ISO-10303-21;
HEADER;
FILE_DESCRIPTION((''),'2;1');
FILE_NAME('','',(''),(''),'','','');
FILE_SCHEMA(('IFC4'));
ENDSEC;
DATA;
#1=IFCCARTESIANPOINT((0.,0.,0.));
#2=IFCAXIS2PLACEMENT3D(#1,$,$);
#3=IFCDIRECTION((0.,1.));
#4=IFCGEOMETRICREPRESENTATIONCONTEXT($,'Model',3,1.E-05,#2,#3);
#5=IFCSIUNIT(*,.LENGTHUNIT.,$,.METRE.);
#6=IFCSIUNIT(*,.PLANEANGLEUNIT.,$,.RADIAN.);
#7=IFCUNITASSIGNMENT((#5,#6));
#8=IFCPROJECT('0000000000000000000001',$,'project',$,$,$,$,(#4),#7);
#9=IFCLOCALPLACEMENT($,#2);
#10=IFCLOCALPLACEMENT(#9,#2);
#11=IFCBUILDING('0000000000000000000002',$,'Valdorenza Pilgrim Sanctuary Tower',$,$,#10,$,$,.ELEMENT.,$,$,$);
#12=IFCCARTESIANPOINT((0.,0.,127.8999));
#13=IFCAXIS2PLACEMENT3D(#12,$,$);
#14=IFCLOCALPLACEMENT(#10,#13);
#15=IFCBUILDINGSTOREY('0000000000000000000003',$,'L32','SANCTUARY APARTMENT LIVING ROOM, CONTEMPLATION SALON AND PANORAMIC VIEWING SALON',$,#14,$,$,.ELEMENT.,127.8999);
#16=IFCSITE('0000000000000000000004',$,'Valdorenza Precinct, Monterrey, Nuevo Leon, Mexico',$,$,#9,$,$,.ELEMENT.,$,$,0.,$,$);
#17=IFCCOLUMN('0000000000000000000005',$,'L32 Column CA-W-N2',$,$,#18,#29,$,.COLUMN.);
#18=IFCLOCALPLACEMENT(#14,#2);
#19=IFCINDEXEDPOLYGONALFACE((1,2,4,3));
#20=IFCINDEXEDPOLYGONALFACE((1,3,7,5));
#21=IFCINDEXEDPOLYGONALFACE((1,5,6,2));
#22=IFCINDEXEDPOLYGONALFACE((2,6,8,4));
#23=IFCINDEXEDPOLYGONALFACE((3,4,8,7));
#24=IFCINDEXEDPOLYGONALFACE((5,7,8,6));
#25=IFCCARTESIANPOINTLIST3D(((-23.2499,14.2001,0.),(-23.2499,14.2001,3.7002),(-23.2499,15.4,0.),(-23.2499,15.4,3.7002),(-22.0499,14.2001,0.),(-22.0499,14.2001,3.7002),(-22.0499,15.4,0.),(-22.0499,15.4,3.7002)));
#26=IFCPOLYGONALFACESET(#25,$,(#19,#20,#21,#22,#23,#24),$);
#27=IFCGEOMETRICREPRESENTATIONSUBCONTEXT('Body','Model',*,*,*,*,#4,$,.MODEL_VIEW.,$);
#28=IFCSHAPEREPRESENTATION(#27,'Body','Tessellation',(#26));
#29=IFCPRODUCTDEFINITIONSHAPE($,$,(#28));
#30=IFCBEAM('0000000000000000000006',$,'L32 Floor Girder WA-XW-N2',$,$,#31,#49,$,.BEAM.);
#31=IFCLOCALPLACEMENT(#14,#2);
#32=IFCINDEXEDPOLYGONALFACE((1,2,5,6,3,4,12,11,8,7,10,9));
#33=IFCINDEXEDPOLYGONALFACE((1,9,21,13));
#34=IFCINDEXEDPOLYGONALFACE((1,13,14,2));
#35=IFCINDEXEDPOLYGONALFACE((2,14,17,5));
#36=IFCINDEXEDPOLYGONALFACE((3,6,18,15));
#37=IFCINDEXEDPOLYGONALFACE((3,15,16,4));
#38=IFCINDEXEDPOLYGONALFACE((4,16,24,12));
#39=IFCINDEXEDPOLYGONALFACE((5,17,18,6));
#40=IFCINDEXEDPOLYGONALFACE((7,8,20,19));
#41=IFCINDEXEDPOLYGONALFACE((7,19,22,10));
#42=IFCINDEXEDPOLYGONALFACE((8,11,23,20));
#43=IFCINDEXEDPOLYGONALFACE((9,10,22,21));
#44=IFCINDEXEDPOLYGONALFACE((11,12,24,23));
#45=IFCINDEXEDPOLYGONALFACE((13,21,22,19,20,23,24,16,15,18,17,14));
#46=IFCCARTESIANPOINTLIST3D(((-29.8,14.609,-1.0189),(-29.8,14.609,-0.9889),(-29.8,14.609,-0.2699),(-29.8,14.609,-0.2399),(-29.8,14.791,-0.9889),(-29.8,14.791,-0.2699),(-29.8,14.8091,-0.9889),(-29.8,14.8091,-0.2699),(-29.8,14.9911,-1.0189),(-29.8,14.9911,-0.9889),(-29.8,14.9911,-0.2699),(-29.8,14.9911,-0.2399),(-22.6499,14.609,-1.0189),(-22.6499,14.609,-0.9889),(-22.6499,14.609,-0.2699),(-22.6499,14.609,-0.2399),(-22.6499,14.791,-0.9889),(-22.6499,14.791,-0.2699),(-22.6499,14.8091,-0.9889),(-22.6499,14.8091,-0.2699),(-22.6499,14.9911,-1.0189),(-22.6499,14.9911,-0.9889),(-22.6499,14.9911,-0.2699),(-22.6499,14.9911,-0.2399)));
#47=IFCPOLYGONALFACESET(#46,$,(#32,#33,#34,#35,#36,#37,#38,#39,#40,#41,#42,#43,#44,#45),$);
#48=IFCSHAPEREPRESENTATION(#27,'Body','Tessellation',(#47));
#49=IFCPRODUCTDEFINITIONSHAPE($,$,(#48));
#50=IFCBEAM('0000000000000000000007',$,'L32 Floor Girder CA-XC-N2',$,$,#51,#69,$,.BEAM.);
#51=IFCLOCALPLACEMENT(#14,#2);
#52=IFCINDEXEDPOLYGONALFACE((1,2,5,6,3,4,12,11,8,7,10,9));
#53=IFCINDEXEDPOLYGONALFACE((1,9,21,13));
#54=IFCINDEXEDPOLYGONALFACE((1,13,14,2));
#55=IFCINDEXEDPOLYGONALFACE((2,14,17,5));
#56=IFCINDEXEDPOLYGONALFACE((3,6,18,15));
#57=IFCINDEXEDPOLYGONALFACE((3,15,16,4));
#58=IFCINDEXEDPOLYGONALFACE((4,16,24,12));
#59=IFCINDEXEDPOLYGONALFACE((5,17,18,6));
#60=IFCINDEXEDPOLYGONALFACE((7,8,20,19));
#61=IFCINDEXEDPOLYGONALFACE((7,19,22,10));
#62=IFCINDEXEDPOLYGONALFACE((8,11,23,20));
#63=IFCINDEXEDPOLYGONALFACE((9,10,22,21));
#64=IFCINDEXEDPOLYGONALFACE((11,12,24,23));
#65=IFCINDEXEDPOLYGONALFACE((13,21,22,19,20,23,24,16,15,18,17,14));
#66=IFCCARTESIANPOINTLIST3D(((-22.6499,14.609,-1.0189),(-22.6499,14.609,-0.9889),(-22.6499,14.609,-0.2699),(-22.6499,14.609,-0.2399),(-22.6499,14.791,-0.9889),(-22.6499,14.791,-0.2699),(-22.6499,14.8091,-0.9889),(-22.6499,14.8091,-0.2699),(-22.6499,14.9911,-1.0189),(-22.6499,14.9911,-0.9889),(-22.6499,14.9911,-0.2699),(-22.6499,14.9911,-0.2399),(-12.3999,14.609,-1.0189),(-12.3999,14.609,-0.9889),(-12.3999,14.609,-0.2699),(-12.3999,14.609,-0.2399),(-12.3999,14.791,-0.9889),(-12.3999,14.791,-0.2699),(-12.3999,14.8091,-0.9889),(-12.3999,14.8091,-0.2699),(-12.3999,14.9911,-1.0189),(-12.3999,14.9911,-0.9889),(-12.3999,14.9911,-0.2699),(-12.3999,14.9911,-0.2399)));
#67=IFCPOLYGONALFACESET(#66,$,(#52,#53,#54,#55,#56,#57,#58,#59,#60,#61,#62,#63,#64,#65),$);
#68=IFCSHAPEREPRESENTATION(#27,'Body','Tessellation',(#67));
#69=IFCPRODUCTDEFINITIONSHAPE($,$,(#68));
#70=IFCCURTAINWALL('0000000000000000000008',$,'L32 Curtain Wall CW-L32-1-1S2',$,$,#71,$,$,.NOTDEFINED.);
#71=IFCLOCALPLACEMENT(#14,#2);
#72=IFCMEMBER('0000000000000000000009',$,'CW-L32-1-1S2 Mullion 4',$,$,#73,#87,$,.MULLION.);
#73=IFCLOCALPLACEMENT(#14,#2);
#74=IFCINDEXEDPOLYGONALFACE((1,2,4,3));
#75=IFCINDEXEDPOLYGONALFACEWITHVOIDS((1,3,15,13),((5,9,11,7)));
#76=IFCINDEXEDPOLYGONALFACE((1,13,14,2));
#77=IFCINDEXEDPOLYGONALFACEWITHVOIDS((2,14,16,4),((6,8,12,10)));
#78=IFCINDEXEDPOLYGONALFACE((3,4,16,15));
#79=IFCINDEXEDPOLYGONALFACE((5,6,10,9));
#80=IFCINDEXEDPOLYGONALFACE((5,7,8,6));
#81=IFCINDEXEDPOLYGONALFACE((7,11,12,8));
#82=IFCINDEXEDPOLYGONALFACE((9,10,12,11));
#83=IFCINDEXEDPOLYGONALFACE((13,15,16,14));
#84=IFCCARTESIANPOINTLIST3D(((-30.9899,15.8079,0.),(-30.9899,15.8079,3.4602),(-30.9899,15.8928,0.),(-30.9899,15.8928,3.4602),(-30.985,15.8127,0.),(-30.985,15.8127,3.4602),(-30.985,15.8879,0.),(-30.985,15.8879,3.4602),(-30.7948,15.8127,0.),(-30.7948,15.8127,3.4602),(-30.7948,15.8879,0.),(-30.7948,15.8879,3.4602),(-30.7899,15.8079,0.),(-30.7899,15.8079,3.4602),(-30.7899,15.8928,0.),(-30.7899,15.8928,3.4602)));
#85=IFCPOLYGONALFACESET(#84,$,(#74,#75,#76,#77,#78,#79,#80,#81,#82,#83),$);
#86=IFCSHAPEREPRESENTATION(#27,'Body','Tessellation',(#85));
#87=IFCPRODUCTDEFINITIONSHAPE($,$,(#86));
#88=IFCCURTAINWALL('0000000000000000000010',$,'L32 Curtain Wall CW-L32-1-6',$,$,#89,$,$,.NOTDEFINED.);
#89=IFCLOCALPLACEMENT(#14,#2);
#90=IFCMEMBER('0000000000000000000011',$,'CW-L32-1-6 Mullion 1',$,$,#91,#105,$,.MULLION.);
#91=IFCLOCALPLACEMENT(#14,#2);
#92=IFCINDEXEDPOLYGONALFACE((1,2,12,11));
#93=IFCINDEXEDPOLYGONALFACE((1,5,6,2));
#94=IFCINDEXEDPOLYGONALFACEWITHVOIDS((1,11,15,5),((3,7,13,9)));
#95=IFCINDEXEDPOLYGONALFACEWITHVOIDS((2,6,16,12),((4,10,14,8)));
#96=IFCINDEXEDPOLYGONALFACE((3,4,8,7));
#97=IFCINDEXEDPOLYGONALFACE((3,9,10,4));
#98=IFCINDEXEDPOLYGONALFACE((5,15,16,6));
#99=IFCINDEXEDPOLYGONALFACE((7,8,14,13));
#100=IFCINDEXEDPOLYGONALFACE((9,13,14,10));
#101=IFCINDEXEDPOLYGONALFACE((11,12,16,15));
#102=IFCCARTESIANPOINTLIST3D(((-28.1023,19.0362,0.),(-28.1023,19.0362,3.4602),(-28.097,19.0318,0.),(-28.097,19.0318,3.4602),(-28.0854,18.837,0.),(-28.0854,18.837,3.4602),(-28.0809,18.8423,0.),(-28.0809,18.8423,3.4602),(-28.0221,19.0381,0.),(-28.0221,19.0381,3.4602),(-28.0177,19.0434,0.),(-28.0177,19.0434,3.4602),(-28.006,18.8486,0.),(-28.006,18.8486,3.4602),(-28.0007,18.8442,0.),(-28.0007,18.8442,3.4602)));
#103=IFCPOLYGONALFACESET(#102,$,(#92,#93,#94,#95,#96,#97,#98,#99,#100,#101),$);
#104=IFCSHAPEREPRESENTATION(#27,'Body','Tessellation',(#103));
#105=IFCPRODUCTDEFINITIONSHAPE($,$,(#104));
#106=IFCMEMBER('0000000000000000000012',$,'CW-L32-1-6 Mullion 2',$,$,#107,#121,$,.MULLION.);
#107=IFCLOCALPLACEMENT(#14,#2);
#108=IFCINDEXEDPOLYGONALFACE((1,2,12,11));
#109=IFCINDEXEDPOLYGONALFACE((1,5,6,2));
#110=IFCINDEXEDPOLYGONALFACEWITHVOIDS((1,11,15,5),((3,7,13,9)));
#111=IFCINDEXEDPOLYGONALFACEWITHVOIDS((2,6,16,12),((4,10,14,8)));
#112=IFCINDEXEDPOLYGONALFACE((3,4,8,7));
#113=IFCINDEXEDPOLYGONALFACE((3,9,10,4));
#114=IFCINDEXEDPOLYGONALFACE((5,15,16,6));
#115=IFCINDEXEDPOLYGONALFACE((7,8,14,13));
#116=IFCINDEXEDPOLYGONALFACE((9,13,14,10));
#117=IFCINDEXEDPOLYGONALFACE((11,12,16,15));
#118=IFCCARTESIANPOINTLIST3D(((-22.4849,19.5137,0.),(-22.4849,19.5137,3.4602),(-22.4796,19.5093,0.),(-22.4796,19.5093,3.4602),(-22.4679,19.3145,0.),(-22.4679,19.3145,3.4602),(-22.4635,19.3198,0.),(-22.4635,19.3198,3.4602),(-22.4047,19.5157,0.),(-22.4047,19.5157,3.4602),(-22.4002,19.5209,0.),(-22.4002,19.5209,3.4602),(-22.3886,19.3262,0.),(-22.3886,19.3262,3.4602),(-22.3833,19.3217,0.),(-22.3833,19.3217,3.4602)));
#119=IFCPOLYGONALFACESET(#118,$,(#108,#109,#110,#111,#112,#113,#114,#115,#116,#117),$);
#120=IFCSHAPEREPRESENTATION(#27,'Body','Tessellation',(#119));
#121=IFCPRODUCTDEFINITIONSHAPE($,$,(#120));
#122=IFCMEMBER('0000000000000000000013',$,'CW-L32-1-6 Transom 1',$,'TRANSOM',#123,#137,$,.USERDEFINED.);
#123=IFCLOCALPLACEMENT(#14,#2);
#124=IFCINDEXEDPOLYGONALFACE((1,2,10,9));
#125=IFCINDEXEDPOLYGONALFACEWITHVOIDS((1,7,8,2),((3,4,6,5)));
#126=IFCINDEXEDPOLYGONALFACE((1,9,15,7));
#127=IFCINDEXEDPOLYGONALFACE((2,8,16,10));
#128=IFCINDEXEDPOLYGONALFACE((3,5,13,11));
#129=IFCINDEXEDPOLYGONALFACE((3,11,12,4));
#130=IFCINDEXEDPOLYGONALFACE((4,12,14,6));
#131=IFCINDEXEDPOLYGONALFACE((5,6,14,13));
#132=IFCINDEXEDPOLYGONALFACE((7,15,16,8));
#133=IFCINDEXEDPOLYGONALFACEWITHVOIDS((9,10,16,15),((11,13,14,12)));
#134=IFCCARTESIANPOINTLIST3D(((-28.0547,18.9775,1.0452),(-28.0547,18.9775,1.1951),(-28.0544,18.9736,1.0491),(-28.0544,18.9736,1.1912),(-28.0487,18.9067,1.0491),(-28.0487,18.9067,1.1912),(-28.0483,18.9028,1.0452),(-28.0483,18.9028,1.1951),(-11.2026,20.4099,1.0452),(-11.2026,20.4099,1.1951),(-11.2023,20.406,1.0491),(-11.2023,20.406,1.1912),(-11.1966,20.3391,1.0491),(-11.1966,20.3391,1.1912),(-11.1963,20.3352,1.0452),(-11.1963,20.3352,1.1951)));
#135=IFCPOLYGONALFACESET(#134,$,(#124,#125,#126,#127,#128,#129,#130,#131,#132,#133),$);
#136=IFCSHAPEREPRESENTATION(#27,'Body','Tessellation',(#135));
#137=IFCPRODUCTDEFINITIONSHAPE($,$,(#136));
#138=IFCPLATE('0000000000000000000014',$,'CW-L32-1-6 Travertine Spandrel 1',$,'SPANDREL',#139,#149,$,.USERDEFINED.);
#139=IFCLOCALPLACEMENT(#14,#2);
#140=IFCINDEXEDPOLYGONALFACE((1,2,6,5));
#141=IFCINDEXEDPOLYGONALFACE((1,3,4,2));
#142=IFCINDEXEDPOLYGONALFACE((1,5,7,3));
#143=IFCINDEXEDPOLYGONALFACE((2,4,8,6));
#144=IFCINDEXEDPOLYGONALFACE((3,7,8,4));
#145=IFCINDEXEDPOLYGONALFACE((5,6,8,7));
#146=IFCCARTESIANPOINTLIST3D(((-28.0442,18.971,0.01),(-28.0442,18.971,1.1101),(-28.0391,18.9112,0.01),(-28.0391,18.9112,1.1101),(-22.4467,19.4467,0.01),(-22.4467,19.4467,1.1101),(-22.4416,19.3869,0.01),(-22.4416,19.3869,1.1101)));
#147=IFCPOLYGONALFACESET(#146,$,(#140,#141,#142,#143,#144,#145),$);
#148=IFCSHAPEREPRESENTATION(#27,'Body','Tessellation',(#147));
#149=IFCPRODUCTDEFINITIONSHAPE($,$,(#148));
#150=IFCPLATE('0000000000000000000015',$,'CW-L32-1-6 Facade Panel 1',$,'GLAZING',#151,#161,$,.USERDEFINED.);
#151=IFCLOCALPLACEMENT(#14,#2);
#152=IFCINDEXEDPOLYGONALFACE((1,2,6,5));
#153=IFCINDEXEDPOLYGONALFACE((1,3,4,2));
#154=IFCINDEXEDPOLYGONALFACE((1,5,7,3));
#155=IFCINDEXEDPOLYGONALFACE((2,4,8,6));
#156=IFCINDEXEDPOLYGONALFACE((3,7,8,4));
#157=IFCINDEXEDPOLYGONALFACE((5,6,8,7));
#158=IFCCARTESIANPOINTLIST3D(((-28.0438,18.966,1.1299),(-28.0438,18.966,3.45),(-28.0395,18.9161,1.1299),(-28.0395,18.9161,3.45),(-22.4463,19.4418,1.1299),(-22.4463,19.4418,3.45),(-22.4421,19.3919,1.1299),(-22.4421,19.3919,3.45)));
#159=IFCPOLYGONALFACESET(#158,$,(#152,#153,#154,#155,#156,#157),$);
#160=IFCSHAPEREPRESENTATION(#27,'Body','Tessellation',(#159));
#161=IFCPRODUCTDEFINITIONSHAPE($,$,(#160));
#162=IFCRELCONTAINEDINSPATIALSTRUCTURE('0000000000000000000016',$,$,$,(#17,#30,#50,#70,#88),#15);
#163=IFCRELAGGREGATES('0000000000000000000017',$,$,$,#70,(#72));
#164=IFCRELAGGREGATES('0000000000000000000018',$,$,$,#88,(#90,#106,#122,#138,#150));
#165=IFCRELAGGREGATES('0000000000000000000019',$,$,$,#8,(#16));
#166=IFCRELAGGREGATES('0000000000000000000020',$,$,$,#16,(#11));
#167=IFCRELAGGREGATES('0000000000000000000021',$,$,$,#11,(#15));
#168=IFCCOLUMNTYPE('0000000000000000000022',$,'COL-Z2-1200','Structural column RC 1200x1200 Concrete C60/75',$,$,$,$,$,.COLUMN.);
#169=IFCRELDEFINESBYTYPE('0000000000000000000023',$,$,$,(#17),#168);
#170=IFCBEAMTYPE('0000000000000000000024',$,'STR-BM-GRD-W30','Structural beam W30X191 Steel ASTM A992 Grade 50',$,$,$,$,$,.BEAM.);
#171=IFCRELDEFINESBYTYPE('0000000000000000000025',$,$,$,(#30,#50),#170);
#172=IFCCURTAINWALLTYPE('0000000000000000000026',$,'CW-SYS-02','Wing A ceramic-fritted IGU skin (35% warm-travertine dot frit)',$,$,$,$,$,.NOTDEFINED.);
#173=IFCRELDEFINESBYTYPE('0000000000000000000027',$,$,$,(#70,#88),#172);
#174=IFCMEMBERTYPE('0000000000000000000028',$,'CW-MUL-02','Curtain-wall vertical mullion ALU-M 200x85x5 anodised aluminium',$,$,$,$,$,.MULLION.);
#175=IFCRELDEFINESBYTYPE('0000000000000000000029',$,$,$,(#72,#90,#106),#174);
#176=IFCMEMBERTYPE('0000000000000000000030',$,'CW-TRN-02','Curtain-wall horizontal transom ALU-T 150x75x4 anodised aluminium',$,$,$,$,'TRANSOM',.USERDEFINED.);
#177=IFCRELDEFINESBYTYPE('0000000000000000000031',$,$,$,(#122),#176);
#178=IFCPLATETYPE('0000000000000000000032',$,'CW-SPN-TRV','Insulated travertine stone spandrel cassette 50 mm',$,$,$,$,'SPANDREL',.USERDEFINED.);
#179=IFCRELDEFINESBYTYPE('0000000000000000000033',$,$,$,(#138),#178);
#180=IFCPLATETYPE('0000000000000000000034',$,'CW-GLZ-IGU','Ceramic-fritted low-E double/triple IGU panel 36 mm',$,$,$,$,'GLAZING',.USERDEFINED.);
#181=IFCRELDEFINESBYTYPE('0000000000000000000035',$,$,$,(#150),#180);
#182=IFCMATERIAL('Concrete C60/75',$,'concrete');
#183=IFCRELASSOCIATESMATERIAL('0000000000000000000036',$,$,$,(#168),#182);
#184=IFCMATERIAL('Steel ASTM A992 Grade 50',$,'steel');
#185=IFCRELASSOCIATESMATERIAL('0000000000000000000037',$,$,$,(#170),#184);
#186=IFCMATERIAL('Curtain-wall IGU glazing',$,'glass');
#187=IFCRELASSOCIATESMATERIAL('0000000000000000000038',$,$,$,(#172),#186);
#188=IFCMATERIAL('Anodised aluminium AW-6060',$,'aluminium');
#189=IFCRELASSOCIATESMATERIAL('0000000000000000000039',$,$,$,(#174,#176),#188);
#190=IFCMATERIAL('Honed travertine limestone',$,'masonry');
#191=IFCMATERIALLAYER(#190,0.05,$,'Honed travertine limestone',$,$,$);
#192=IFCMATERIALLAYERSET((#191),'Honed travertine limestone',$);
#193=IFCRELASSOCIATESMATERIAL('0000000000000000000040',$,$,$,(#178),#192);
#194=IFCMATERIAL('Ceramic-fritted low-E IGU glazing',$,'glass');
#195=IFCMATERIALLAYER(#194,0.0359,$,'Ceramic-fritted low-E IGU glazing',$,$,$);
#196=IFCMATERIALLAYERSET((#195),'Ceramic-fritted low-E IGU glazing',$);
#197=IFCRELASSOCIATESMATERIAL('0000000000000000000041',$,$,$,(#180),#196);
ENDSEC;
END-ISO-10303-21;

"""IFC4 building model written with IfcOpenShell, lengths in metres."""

from ifc_helpers import new_model, si_unit, direction, frame, origin, origin_2d, place, context, subcontext, project, spatial, rectangle, hollow_rectangle, i_section, extrude, source, transform, mapped, material, layer, layer_set, material_profile, profile_set, type_object, element, aggregate, save


model = new_model("IFC4")

# Units and contexts
model_context = context("Model", 3, precision=1e-05, world=origin(), true_north=direction((0.0, 1.0)))
body_context = subcontext(model_context, "Body", "Model", "MODEL_VIEW")
ifc_project = project(units=[si_unit("LENGTHUNIT", "METRE"), si_unit("PLANEANGLEUNIT", "RADIAN")], contexts=[model_context])

# Site, building, storey
site_placement = place(None, origin())
site = spatial("IfcSite", under=ifc_project, at=site_placement, Name="Valdorenza Precinct, Monterrey, Nuevo Leon, Mexico", CompositionType="ELEMENT", RefElevation=0.0)
building_placement = place(site_placement, origin())
building = spatial("IfcBuilding", under=site, at=building_placement, Name="Valdorenza Pilgrim Sanctuary Tower", CompositionType="ELEMENT")
storey_placement = place(building_placement, frame((0.0, 0.0, 127.8999)))
storey = spatial("IfcBuildingStorey", under=building, at=storey_placement, Name="L32", Description="SANCTUARY APARTMENT LIVING ROOM, CONTEMPLATION SALON AND PANORAMIC VIEWING SALON", CompositionType="ELEMENT", Elevation=127.8999)

# Column
ifc_material_1 = material(Name="Concrete C60/75", Category="concrete")
ifc_material_profile_1 = material_profile(ifc_material_1, rectangle(XDim=1.2, YDim=1.2, at=origin_2d()), Name="RC 1200x1200")
ifc_profile_set_1 = profile_set([ifc_material_profile_1], Name="Concrete C60/75")
column_type = type_object("IfcColumnType", Name="COL-Z2-1200", Description="Structural column RC 1200x1200 Concrete C60/75", PredefinedType="COLUMN", material=ifc_profile_set_1)
shared_shape_1 = source(origin(), body_context, "Body", "SweptSolid", [
    extrude(rectangle(XDim=1.2, YDim=1.2, at=origin_2d()), origin(), (0.0, 0.0, 1.0), 3.7002),
])
column_placement = place(storey_placement, frame((-22.6499, 14.8, 0.0), z_axis=(0.0, 0.0, 1.0), x_axis=(1.0, 0.0, 0.0)))
element("IfcColumn", 1, at=column_placement, inside=storey, type_object=column_type, Name="L32 Column CA-W-N2", PredefinedType="COLUMN", context=body_context, shape_type="MappedRepresentation", body=[
    mapped(shared_shape_1, transform((0.0, 0.0, 0.0), x_axis=(1.0, 0.0, 0.0), y_axis=(0.0, 1.0, 0.0), z_axis=(0.0, 0.0, 1.0), scale=1.0)),
])

# Beams
ifc_material_2 = material(Name="Steel ASTM A992 Grade 50", Category="steel")
ifc_material_profile_2 = material_profile(ifc_material_2, i_section(OverallWidth=0.3821, OverallDepth=0.7791, WebThickness=0.0181, FlangeThickness=0.03, at=origin_2d()), Name="W30X191")
ifc_profile_set_2 = profile_set([ifc_material_profile_2], Name="Steel ASTM A992 Grade 50")
beam_type = type_object("IfcBeamType", Name="STR-BM-GRD-W30", Description="Structural beam W30X191 Steel ASTM A992 Grade 50", PredefinedType="BEAM", material=ifc_profile_set_2)
shared_shape_2 = source(origin(), body_context, "Body", "SweptSolid", [
    extrude(i_section(OverallWidth=0.3821, OverallDepth=0.7791, WebThickness=0.0181, FlangeThickness=0.03, at=origin_2d()), origin(), (0.0, 0.0, 1.0), 7.1501),
])
beam_1_placement = place(storey_placement, frame((-29.8, 14.8, -0.6294), z_axis=(1.0, 0.0, 0.0), x_axis=(0.0, 1.0, 0.0)))
element("IfcBeam", 2, at=beam_1_placement, inside=storey, type_object=beam_type, Name="L32 Floor Girder WA-XW-N2", PredefinedType="BEAM", context=body_context, shape_type="MappedRepresentation", body=[
    mapped(shared_shape_2, transform((0.0, 0.0, 0.0), x_axis=(1.0, 0.0, 0.0), y_axis=(0.0, 1.0, 0.0), z_axis=(0.0, 0.0, 1.0), scale=1.0)),
])
shared_shape_3 = source(origin(), body_context, "Body", "SweptSolid", [
    extrude(i_section(OverallWidth=0.3821, OverallDepth=0.7791, WebThickness=0.0181, FlangeThickness=0.03, at=origin_2d()), origin(), (0.0, 0.0, 1.0), 10.25),
])
beam_2_placement = place(storey_placement, frame((-22.6499, 14.8, -0.6294), z_axis=(1.0, 0.0, 0.0), x_axis=(0.0, 1.0, 0.0)))
element("IfcBeam", 3, at=beam_2_placement, inside=storey, type_object=beam_type, Name="L32 Floor Girder CA-XC-N2", PredefinedType="BEAM", context=body_context, shape_type="MappedRepresentation", body=[
    mapped(shared_shape_3, transform((0.0, 0.0, 0.0), x_axis=(1.0, 0.0, 0.0), y_axis=(0.0, 1.0, 0.0), z_axis=(0.0, 0.0, 1.0), scale=1.0)),
])

# Curtain wall, member
ifc_material_3 = material(Name="Curtain-wall IGU glazing", Category="glass")
curtain_wall_type = type_object("IfcCurtainWallType", Name="CW-SYS-02", Description="Wing A ceramic-fritted IGU skin (35% warm-travertine dot frit)", PredefinedType="NOTDEFINED", material=ifc_material_3)
curtain_wall_1_placement = place(storey_placement, origin())
curtain_wall_1 = element("IfcCurtainWall", 4, at=curtain_wall_1_placement, inside=storey, type_object=curtain_wall_type, Name="L32 Curtain Wall CW-L32-1-1S2", PredefinedType="NOTDEFINED")
ifc_material_4 = material(Name="Anodised aluminium AW-6060", Category="aluminium")
ifc_material_profile_3 = material_profile(ifc_material_4, hollow_rectangle(XDim=0.085, YDim=0.2, WallThickness=0.0049, at=origin_2d()), Name="ALU-M 200x85x5")
ifc_profile_set_3 = profile_set([ifc_material_profile_3], Name="Anodised aluminium AW-6060")
member_type_1 = type_object("IfcMemberType", Name="CW-MUL-02", Description="Curtain-wall vertical mullion ALU-M 200x85x5 anodised aluminium", PredefinedType="MULLION", material=ifc_profile_set_3)
shared_shape_4 = source(origin(), body_context, "Body", "SweptSolid", [
    extrude(hollow_rectangle(XDim=0.085, YDim=0.2, WallThickness=0.0049, at=origin_2d()), origin(), (0.0, 0.0, 1.0), 3.4602),
])
member_1_placement = place(storey_placement, frame((-30.8899, 15.8503, 0.0), z_axis=(0.0, 0.0, 1.0), x_axis=(0.0, 1.0, 0.0)))
member_1 = element("IfcMember", 5, at=member_1_placement, type_object=member_type_1, Name="CW-L32-1-1S2 Mullion 4", PredefinedType="MULLION", context=body_context, shape_type="MappedRepresentation", body=[
    mapped(shared_shape_4, transform((0.0, 0.0, 0.0), x_axis=(1.0, 0.0, 0.0), y_axis=(0.0, 1.0, 0.0), z_axis=(0.0, 0.0, 1.0), scale=1.0)),
])
aggregate(curtain_wall_1, [member_1])

# Curtain wall, members, plates
curtain_wall_2_placement = place(storey_placement, origin())
curtain_wall_2 = element("IfcCurtainWall", 6, at=curtain_wall_2_placement, inside=storey, type_object=curtain_wall_type, Name="L32 Curtain Wall CW-L32-1-6", PredefinedType="NOTDEFINED")
member_2_placement = place(storey_placement, frame((-28.0515, 18.9402, 0.0), z_axis=(0.0, 0.0, 1.0), x_axis=(0.996408, 0.084687, 0.0)))
member_2 = element("IfcMember", 7, at=member_2_placement, type_object=member_type_1, Name="CW-L32-1-6 Mullion 1", PredefinedType="MULLION", context=body_context, shape_type="MappedRepresentation", body=[
    mapped(shared_shape_4, transform((0.0, 0.0, 0.0), x_axis=(1.0, 0.0, 0.0), y_axis=(0.0, 1.0, 0.0), z_axis=(0.0, 0.0, 1.0), scale=1.0)),
])
member_3_placement = place(storey_placement, frame((-22.4341, 19.4177, 0.0), z_axis=(0.0, 0.0, 1.0), x_axis=(0.996408, 0.084687, 0.0)))
member_3 = element("IfcMember", 8, at=member_3_placement, type_object=member_type_1, Name="CW-L32-1-6 Mullion 2", PredefinedType="MULLION", context=body_context, shape_type="MappedRepresentation", body=[
    mapped(shared_shape_4, transform((0.0, 0.0, 0.0), x_axis=(1.0, 0.0, 0.0), y_axis=(0.0, 1.0, 0.0), z_axis=(0.0, 0.0, 1.0), scale=1.0)),
])
ifc_material_profile_4 = material_profile(ifc_material_4, hollow_rectangle(XDim=0.075, YDim=0.1499, WallThickness=0.0039, at=origin_2d()), Name="ALU-T 150x75x4")
ifc_profile_set_4 = profile_set([ifc_material_profile_4], Name="Anodised aluminium AW-6060")
member_type_2 = type_object("IfcMemberType", Name="CW-TRN-02", Description="Curtain-wall horizontal transom ALU-T 150x75x4 anodised aluminium", ElementType="TRANSOM", PredefinedType="USERDEFINED", material=ifc_profile_set_4)
shared_shape_5 = source(origin(), body_context, "Body", "SweptSolid", [
    extrude(hollow_rectangle(XDim=0.075, YDim=0.1499, WallThickness=0.0039, at=origin_2d()), origin(), (0.0, 0.0, 1.0), 16.9128),
])
member_4_placement = place(storey_placement, frame((-28.0515, 18.9402, 1.1201), z_axis=(0.996407, 0.084692, 0.0), x_axis=(-0.084692, 0.996407, 0.0)))
member_4 = element("IfcMember", 9, at=member_4_placement, type_object=member_type_2, Name="CW-L32-1-6 Transom 1", ObjectType="TRANSOM", PredefinedType="USERDEFINED", context=body_context, shape_type="MappedRepresentation", body=[
    mapped(shared_shape_5, transform((0.0, 0.0, 0.0), x_axis=(1.0, 0.0, 0.0), y_axis=(0.0, 1.0, 0.0), z_axis=(0.0, 0.0, 1.0), scale=1.0)),
])
ifc_material_5 = material(Name="Honed travertine limestone", Category="masonry")
ifc_layer_1 = layer(ifc_material_5, 0.05, Name="Honed travertine limestone")
ifc_layer_set_1 = layer_set([ifc_layer_1], Name="Honed travertine limestone")
plate_type_1 = type_object("IfcPlateType", Name="CW-SPN-TRV", Description="Insulated travertine stone spandrel cassette 50 mm", ElementType="SPANDREL", PredefinedType="USERDEFINED", material=ifc_layer_set_1)
shared_shape_6 = source(origin(), body_context, "Body", "SweptSolid", [
    extrude(rectangle(XDim=5.6177, YDim=0.0601, at=origin_2d()), origin(), (0.0, 0.0, 1.0), 1.1001),
])
plate_1_placement = place(storey_placement, frame((-25.2429, 19.179, 0.01), z_axis=(0.0, 0.0, 1.0), x_axis=(0.996408, 0.084687, 0.0)))
plate_1 = element("IfcPlate", 10, at=plate_1_placement, type_object=plate_type_1, Name="CW-L32-1-6 Travertine Spandrel 1", ObjectType="SPANDREL", PredefinedType="USERDEFINED", context=body_context, shape_type="MappedRepresentation", body=[
    mapped(shared_shape_6, transform((0.0, 0.0, 0.0), x_axis=(1.0, 0.0, 0.0), y_axis=(0.0, 1.0, 0.0), z_axis=(0.0, 0.0, 1.0), scale=1.0)),
])
ifc_material_6 = material(Name="Ceramic-fritted low-E IGU glazing", Category="glass")
ifc_layer_2 = layer(ifc_material_6, 0.0359, Name="Ceramic-fritted low-E IGU glazing")
ifc_layer_set_2 = layer_set([ifc_layer_2], Name="Ceramic-fritted low-E IGU glazing")
plate_type_2 = type_object("IfcPlateType", Name="CW-GLZ-IGU", Description="Ceramic-fritted low-E double/triple IGU panel 36 mm", ElementType="GLAZING", PredefinedType="USERDEFINED", material=ifc_layer_set_2)
shared_shape_7 = source(origin(), body_context, "Body", "SweptSolid", [
    extrude(rectangle(XDim=5.6177, YDim=0.05, at=origin_2d()), origin(), (0.0, 0.0, 1.0), 2.3201),
])
plate_2_placement = place(storey_placement, frame((-25.2429, 19.179, 1.1299), z_axis=(0.0, 0.0, 1.0), x_axis=(0.996408, 0.084687, 0.0)))
plate_2 = element("IfcPlate", 11, at=plate_2_placement, type_object=plate_type_2, Name="CW-L32-1-6 Facade Panel 1", ObjectType="GLAZING", PredefinedType="USERDEFINED", context=body_context, shape_type="MappedRepresentation", body=[
    mapped(shared_shape_7, transform((0.0, 0.0, 0.0), x_axis=(1.0, 0.0, 0.0), y_axis=(0.0, 1.0, 0.0), z_axis=(0.0, 0.0, 1.0), scale=1.0)),
])
aggregate(curtain_wall_2, [member_2, member_3, member_4, plate_1, plate_2])

save(model, "model.ifc")
